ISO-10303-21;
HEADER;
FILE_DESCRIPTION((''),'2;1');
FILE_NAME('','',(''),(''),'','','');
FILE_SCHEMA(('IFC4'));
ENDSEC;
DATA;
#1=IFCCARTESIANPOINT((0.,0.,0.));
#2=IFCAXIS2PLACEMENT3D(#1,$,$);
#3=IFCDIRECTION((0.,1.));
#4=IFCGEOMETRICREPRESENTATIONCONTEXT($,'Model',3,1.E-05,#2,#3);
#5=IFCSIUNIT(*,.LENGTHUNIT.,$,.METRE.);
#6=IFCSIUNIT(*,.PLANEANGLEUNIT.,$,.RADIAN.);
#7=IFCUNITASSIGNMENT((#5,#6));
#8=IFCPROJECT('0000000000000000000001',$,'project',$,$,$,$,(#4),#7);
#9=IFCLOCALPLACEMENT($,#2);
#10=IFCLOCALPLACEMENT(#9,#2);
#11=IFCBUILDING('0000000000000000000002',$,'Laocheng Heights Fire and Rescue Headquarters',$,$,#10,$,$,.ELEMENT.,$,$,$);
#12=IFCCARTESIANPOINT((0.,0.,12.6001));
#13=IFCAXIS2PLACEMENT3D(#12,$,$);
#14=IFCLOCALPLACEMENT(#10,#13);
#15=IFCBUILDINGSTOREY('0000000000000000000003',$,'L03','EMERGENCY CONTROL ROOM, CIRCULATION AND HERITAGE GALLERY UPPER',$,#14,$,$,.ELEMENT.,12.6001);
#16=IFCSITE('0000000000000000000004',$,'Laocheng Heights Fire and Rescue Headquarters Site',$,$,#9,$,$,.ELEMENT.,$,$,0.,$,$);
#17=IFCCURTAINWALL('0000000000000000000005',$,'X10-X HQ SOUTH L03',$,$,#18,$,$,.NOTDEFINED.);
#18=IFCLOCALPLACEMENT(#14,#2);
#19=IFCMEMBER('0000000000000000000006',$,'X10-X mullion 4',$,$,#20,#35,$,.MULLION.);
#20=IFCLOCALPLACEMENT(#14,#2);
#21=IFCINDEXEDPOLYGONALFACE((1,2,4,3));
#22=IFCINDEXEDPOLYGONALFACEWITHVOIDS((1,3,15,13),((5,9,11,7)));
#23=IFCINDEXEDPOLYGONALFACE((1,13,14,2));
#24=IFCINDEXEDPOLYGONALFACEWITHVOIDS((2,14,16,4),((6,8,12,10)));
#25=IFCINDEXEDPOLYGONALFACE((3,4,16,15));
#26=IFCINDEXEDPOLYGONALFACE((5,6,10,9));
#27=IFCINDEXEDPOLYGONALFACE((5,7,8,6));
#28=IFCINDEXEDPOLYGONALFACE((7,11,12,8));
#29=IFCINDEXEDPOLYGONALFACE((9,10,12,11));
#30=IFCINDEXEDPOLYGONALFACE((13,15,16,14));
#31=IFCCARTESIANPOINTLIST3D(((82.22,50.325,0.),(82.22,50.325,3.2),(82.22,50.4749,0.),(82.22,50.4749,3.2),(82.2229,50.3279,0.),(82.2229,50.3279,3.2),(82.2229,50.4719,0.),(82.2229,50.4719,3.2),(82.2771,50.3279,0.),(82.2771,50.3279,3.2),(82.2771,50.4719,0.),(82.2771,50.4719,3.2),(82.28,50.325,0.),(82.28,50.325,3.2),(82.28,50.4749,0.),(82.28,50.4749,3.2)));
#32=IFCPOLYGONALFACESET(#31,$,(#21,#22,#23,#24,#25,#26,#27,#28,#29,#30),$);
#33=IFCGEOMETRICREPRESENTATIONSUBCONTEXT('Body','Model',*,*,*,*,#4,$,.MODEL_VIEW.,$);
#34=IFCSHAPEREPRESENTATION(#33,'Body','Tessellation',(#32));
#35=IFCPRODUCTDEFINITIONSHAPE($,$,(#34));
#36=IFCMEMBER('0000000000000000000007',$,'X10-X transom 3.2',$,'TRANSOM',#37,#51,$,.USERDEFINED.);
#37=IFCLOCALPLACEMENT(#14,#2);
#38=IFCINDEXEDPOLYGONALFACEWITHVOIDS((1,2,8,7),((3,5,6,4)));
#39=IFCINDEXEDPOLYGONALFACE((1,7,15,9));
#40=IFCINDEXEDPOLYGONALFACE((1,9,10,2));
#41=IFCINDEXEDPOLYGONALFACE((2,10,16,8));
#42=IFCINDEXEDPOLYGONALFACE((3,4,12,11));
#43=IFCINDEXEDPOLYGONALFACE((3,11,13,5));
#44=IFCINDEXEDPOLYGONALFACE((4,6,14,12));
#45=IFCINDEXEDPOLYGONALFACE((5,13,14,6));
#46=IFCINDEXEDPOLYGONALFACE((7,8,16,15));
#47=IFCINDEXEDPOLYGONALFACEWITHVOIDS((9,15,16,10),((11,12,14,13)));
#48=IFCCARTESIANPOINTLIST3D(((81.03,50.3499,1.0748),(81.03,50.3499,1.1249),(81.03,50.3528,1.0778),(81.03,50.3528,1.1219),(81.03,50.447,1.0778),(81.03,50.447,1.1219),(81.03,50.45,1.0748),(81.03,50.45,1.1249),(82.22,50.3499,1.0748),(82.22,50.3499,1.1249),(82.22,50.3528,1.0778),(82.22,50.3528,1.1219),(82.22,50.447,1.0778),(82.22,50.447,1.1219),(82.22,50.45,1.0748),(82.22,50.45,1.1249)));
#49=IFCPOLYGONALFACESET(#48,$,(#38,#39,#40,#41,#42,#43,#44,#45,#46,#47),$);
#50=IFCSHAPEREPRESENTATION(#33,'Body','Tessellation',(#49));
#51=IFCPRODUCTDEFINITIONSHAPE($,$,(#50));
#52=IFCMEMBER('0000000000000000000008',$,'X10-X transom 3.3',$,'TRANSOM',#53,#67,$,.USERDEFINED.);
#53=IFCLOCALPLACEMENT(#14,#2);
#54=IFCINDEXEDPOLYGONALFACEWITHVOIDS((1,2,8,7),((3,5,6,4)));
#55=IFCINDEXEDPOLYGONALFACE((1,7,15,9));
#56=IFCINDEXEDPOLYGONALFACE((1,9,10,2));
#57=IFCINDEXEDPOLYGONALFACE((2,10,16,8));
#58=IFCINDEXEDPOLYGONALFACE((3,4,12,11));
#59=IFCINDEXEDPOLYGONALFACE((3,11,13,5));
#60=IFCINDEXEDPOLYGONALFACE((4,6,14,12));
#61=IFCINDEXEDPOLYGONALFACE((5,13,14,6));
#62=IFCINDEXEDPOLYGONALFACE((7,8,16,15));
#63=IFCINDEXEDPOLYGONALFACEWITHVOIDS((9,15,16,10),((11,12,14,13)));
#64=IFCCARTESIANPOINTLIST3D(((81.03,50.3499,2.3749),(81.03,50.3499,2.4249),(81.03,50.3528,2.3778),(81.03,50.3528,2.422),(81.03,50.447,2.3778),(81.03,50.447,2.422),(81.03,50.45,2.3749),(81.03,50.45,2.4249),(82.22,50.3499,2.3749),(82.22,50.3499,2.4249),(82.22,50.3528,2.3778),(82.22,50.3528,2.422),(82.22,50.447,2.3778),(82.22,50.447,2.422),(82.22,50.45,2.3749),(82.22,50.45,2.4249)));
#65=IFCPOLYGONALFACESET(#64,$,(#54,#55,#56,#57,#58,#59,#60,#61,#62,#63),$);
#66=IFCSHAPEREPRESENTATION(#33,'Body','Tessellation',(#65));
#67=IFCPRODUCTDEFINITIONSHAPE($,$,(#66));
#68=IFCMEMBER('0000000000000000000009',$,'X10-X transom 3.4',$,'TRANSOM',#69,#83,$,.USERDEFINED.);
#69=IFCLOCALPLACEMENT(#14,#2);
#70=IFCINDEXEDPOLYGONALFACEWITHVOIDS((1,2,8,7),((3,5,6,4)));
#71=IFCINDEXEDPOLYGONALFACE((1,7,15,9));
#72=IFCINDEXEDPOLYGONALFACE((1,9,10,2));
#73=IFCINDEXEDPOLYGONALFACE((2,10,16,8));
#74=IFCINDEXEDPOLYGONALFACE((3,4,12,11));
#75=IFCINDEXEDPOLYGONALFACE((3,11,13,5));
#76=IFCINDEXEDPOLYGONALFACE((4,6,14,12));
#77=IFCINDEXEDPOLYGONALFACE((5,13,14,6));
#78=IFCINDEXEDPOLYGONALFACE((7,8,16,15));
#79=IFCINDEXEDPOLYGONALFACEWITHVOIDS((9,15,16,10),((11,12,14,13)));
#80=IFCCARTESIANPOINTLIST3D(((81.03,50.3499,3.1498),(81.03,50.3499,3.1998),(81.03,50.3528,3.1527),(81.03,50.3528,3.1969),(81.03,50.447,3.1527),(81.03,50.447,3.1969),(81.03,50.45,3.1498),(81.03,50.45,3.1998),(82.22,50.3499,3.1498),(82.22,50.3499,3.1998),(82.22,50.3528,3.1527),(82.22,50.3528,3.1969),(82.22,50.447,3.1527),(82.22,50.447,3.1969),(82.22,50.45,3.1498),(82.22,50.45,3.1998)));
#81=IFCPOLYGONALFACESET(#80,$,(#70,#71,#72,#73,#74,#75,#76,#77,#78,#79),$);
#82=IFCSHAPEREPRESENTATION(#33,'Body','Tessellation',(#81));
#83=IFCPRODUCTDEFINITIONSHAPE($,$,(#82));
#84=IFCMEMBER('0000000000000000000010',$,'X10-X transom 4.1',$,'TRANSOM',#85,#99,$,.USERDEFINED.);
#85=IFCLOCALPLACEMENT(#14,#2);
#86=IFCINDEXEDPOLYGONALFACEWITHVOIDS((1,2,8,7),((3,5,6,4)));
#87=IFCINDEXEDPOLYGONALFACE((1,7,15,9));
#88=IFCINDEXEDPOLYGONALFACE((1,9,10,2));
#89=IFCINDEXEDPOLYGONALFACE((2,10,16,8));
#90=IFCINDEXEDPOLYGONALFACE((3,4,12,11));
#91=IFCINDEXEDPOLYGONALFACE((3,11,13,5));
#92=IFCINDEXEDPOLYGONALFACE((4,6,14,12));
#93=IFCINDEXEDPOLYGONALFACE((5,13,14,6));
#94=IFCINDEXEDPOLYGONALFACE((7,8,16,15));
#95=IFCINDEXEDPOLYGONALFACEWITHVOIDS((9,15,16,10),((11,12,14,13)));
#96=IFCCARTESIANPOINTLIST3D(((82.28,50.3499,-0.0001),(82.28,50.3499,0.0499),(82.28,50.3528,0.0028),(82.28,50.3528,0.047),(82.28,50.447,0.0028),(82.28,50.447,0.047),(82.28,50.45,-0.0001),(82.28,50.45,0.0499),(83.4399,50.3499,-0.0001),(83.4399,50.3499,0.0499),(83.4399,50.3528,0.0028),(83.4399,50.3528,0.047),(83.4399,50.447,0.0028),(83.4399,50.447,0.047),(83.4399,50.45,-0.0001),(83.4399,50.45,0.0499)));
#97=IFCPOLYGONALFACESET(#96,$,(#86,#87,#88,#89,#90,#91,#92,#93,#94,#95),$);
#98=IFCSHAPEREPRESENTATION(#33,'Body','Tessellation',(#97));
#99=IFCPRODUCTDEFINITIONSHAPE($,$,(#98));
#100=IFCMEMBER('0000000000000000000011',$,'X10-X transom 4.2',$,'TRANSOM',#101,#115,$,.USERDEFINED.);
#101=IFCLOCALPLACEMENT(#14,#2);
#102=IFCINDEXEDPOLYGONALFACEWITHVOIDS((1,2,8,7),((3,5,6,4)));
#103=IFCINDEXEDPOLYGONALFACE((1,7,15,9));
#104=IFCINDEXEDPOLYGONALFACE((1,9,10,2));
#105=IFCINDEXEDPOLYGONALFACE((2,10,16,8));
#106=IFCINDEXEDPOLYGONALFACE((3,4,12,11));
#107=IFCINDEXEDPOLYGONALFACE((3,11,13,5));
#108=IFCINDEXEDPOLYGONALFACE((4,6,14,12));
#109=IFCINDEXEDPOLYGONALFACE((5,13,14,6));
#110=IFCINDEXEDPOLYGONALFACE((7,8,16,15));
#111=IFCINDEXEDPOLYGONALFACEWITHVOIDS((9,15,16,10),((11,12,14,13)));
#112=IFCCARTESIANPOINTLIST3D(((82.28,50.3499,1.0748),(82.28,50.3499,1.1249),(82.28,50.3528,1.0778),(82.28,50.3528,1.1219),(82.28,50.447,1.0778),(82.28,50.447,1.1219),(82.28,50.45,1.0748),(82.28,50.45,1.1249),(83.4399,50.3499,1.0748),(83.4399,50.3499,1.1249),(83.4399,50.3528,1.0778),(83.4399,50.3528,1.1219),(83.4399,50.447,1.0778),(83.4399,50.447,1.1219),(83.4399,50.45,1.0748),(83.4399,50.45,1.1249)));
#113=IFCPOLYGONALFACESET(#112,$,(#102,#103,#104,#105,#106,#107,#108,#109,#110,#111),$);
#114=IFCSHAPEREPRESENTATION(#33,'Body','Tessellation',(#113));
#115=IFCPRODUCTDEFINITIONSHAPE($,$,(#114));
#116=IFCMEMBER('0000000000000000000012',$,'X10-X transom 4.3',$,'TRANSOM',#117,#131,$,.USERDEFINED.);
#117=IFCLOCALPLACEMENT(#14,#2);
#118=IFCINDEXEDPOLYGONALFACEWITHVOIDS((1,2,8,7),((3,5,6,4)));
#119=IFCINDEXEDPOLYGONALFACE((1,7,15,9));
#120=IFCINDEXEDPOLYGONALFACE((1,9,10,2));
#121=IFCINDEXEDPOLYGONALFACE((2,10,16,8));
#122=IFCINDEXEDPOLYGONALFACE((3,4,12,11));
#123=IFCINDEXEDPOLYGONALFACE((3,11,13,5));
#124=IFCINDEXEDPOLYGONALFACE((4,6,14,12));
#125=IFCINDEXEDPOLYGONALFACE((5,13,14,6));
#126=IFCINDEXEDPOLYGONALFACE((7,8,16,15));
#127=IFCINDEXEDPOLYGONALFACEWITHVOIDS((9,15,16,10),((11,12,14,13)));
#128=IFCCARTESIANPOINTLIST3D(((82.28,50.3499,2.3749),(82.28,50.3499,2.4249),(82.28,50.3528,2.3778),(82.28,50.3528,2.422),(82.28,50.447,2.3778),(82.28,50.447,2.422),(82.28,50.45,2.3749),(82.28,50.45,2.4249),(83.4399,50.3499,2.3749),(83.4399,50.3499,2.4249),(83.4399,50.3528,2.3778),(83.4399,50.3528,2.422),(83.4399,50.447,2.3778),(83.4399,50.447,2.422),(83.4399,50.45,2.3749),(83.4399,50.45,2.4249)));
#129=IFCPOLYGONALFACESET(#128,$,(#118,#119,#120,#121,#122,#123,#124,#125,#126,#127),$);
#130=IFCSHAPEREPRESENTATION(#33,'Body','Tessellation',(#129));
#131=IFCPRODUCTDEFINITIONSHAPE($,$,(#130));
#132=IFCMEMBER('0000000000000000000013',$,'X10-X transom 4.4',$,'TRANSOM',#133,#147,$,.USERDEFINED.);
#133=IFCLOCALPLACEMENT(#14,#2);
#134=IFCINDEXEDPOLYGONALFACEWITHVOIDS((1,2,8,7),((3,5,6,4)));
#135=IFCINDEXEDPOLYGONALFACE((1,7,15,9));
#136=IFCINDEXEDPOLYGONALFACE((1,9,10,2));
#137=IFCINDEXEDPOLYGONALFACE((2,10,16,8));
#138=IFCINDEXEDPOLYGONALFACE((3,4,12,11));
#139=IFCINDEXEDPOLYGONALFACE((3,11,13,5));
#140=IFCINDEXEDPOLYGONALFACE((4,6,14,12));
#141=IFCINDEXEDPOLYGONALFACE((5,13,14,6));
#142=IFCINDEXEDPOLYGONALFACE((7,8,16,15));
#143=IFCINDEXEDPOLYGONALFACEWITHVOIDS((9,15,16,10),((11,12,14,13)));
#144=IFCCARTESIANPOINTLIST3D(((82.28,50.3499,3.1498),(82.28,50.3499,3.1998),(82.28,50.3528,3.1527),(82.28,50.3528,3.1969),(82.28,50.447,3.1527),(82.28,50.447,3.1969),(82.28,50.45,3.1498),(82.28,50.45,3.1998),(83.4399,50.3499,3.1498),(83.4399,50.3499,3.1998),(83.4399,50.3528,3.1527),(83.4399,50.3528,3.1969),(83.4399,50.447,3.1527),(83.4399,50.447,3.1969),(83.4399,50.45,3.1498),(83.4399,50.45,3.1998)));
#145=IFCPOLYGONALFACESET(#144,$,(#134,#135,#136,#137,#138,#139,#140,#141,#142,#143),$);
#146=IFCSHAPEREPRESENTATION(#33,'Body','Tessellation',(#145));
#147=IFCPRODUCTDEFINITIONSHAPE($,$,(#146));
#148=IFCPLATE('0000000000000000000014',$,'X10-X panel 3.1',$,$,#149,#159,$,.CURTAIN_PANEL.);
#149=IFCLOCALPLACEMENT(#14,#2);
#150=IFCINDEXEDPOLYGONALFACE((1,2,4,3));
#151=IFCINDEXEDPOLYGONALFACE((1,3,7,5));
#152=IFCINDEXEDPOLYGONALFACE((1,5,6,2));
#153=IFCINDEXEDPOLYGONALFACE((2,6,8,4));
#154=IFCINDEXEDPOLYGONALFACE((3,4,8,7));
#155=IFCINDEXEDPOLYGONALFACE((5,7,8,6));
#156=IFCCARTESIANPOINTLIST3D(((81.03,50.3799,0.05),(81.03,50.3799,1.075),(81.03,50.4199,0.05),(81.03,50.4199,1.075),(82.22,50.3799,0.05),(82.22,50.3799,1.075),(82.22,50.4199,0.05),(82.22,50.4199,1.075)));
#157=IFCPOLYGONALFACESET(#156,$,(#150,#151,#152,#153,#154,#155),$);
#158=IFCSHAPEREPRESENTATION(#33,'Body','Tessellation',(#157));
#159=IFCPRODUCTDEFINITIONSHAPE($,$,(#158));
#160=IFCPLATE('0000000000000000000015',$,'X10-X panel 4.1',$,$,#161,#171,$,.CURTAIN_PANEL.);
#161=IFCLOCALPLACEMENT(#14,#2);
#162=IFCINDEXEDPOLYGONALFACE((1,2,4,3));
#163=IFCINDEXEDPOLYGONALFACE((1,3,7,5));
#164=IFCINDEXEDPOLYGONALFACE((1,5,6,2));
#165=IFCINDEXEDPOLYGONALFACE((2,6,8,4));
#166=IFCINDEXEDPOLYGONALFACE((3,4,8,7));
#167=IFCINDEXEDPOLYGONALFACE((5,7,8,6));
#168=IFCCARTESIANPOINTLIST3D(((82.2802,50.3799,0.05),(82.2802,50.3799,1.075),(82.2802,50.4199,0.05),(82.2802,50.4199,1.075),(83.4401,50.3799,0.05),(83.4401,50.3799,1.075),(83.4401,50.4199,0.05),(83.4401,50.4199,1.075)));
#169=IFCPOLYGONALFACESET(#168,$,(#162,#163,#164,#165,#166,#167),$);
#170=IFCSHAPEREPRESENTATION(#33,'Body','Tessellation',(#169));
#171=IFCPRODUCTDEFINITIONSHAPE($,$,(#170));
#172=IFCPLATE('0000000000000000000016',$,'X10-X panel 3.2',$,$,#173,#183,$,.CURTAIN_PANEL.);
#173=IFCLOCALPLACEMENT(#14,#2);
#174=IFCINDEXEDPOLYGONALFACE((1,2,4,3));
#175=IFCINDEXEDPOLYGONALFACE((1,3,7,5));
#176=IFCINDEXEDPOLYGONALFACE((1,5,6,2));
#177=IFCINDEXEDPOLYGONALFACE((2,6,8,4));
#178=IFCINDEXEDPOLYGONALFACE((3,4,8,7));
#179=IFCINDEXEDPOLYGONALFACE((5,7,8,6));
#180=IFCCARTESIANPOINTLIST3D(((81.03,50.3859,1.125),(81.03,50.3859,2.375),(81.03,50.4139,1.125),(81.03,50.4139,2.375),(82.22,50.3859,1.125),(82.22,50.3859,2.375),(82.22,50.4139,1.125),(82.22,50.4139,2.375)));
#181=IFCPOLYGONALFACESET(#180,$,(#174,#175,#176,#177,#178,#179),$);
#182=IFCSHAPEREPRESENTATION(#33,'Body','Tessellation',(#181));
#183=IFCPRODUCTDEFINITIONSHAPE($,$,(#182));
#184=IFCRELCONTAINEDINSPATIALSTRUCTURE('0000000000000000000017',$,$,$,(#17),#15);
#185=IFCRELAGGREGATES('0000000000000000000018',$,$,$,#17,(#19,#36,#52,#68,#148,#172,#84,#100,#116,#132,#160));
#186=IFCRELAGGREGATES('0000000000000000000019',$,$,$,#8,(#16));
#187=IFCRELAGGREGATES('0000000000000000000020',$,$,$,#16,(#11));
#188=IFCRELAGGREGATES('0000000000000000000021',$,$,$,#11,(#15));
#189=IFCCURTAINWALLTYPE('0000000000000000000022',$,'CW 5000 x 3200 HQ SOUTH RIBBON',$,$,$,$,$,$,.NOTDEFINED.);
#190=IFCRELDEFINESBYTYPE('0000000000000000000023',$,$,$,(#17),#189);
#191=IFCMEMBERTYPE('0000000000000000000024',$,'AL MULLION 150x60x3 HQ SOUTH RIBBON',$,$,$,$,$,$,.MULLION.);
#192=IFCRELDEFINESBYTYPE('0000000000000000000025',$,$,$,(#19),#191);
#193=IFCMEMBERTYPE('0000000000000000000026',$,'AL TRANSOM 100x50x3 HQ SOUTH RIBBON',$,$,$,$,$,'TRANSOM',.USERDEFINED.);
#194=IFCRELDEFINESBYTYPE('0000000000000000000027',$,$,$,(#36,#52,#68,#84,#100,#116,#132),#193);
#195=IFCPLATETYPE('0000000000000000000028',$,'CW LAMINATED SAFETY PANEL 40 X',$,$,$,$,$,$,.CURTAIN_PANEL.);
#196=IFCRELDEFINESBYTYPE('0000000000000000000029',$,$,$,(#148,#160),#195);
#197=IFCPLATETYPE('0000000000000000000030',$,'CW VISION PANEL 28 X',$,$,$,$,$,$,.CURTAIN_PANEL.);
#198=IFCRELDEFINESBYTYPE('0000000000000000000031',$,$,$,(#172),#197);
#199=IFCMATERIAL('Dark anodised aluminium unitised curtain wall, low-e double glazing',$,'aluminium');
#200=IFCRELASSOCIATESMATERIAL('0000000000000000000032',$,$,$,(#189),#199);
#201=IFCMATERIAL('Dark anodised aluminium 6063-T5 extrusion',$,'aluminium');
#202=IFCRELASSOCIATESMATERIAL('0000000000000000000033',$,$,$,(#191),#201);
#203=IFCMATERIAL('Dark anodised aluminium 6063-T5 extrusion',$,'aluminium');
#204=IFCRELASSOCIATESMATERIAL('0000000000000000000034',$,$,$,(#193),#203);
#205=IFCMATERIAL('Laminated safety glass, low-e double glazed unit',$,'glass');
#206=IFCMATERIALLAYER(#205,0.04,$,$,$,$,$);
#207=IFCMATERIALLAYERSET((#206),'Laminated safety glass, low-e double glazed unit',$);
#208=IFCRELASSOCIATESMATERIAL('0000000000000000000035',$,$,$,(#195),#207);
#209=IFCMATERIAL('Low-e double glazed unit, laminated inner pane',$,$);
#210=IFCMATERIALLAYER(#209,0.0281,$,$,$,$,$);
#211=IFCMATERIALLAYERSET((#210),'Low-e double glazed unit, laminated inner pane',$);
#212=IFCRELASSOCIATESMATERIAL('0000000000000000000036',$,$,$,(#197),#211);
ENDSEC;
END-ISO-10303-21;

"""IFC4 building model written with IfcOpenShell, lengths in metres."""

from ifc_helpers import new_model, si_unit, direction, frame, origin, origin_2d, place, context, subcontext, project, spatial, rectangle, hollow_rectangle, extrude, material, layer, layer_set, material_profile, profile_set, type_object, element, aggregate, save


model = new_model("IFC4")

# Units and contexts
model_context = context("Model", 3, precision=1e-05, world=origin(), true_north=direction((0.0, 1.0)))
body_context = subcontext(model_context, "Body", "Model", "MODEL_VIEW")
ifc_project = project(units=[si_unit("LENGTHUNIT", "METRE"), si_unit("PLANEANGLEUNIT", "RADIAN")], contexts=[model_context])

# Site, building, storey
site_placement = place(None, origin())
site = spatial("IfcSite", under=ifc_project, at=site_placement, Name="Laocheng Heights Fire and Rescue Headquarters Site", CompositionType="ELEMENT", RefElevation=0.0)
building_placement = place(site_placement, origin())
building = spatial("IfcBuilding", under=site, at=building_placement, Name="Laocheng Heights Fire and Rescue Headquarters", CompositionType="ELEMENT")
storey_placement = place(building_placement, frame((0.0, 0.0, 12.6001)))
storey = spatial("IfcBuildingStorey", under=building, at=storey_placement, Name="L03", Description="EMERGENCY CONTROL ROOM, CIRCULATION AND HERITAGE GALLERY UPPER", CompositionType="ELEMENT", Elevation=12.6001)

# Curtain wall, members, plates
ifc_material_1 = material(Name="Dark anodised aluminium unitised curtain wall, low-e double glazing", Category="aluminium")
curtain_wall_type = type_object("IfcCurtainWallType", Name="CW 5000 x 3200 HQ SOUTH RIBBON", PredefinedType="NOTDEFINED", material=ifc_material_1)
curtain_wall_placement = place(storey_placement, origin())
curtain_wall = element("IfcCurtainWall", 1, at=curtain_wall_placement, inside=storey, type_object=curtain_wall_type, Name="X10-X HQ SOUTH L03", PredefinedType="NOTDEFINED")
ifc_material_2 = material(Name="Dark anodised aluminium 6063-T5 extrusion", Category="aluminium")
ifc_material_profile_1 = material_profile(ifc_material_2, hollow_rectangle(XDim=0.1499, YDim=0.0601, WallThickness=0.0029, at=origin_2d()), Name="AL MULLION 150x60x3 HQ SOUTH RIBBON")
ifc_profile_set_1 = profile_set([ifc_material_profile_1], Name="Dark anodised aluminium 6063-T5 extrusion")
member_type_1 = type_object("IfcMemberType", Name="AL MULLION 150x60x3 HQ SOUTH RIBBON", PredefinedType="MULLION", material=ifc_profile_set_1)
member_1_placement = place(storey_placement, frame((82.25, 50.3999, 0.0), z_axis=(0.0, 0.0, 1.0), x_axis=(0.0, 1.0, 0.0)))
member_1 = element("IfcMember", 2, at=member_1_placement, type_object=member_type_1, Name="X10-X mullion 4", PredefinedType="MULLION", context=body_context, shape_type="SweptSolid", body=[
    extrude(hollow_rectangle(XDim=0.1499, YDim=0.0601, WallThickness=0.0029, at=origin_2d()), origin(), (0.0, 0.0, 1.0), 3.2),
])
ifc_material_3 = material(Name="Dark anodised aluminium 6063-T5 extrusion", Category="aluminium")
ifc_material_profile_2 = material_profile(ifc_material_3, hollow_rectangle(XDim=0.1001, YDim=0.05, WallThickness=0.0029, at=origin_2d()), Name="AL TRANSOM 100x50x3 HQ SOUTH RIBBON")
ifc_profile_set_2 = profile_set([ifc_material_profile_2], Name="Dark anodised aluminium 6063-T5 extrusion")
member_type_2 = type_object("IfcMemberType", Name="AL TRANSOM 100x50x3 HQ SOUTH RIBBON", ElementType="TRANSOM", PredefinedType="USERDEFINED", material=ifc_profile_set_2)
member_2_placement = place(storey_placement, frame((81.03, 50.3999, 1.0999), z_axis=(1.0, 0.0, 0.0), x_axis=(0.0, 1.0, 0.0)))
member_2 = element("IfcMember", 3, at=member_2_placement, type_object=member_type_2, Name="X10-X transom 3.2", ObjectType="TRANSOM", PredefinedType="USERDEFINED", context=body_context, shape_type="SweptSolid", body=[
    extrude(hollow_rectangle(XDim=0.1001, YDim=0.05, WallThickness=0.0029, at=origin_2d()), origin(), (0.0, 0.0, 1.0), 1.1899),
])
member_3_placement = place(storey_placement, frame((81.03, 50.3999, 2.3999), z_axis=(1.0, 0.0, 0.0), x_axis=(0.0, 1.0, 0.0)))
member_3 = element("IfcMember", 4, at=member_3_placement, type_object=member_type_2, Name="X10-X transom 3.3", ObjectType="TRANSOM", PredefinedType="USERDEFINED", context=body_context, shape_type="SweptSolid", body=[
    extrude(hollow_rectangle(XDim=0.1001, YDim=0.05, WallThickness=0.0029, at=origin_2d()), origin(), (0.0, 0.0, 1.0), 1.1899),
])
member_4_placement = place(storey_placement, frame((81.03, 50.3999, 3.1748), z_axis=(1.0, 0.0, 0.0), x_axis=(0.0, 1.0, 0.0)))
member_4 = element("IfcMember", 5, at=member_4_placement, type_object=member_type_2, Name="X10-X transom 3.4", ObjectType="TRANSOM", PredefinedType="USERDEFINED", context=body_context, shape_type="SweptSolid", body=[
    extrude(hollow_rectangle(XDim=0.1001, YDim=0.05, WallThickness=0.0029, at=origin_2d()), origin(), (0.0, 0.0, 1.0), 1.1899),
])
member_5_placement = place(storey_placement, frame((82.28, 50.3999, 0.0249), z_axis=(1.0, 0.0, 0.0), x_axis=(0.0, 1.0, 0.0)))
member_5 = element("IfcMember", 6, at=member_5_placement, type_object=member_type_2, Name="X10-X transom 4.1", ObjectType="TRANSOM", PredefinedType="USERDEFINED", context=body_context, shape_type="SweptSolid", body=[
    extrude(hollow_rectangle(XDim=0.1001, YDim=0.05, WallThickness=0.0029, at=origin_2d()), origin(), (0.0, 0.0, 1.0), 1.1599),
])
member_6_placement = place(storey_placement, frame((82.28, 50.3999, 1.0999), z_axis=(1.0, 0.0, 0.0), x_axis=(0.0, 1.0, 0.0)))
member_6 = element("IfcMember", 7, at=member_6_placement, type_object=member_type_2, Name="X10-X transom 4.2", ObjectType="TRANSOM", PredefinedType="USERDEFINED", context=body_context, shape_type="SweptSolid", body=[
    extrude(hollow_rectangle(XDim=0.1001, YDim=0.05, WallThickness=0.0029, at=origin_2d()), origin(), (0.0, 0.0, 1.0), 1.1599),
])
member_7_placement = place(storey_placement, frame((82.28, 50.3999, 2.3999), z_axis=(1.0, 0.0, 0.0), x_axis=(0.0, 1.0, 0.0)))
member_7 = element("IfcMember", 8, at=member_7_placement, type_object=member_type_2, Name="X10-X transom 4.3", ObjectType="TRANSOM", PredefinedType="USERDEFINED", context=body_context, shape_type="SweptSolid", body=[
    extrude(hollow_rectangle(XDim=0.1001, YDim=0.05, WallThickness=0.0029, at=origin_2d()), origin(), (0.0, 0.0, 1.0), 1.1599),
])
member_8_placement = place(storey_placement, frame((82.28, 50.3999, 3.1748), z_axis=(1.0, 0.0, 0.0), x_axis=(0.0, 1.0, 0.0)))
member_8 = element("IfcMember", 9, at=member_8_placement, type_object=member_type_2, Name="X10-X transom 4.4", ObjectType="TRANSOM", PredefinedType="USERDEFINED", context=body_context, shape_type="SweptSolid", body=[
    extrude(hollow_rectangle(XDim=0.1001, YDim=0.05, WallThickness=0.0029, at=origin_2d()), origin(), (0.0, 0.0, 1.0), 1.1599),
])
ifc_material_4 = material(Name="Laminated safety glass, low-e double glazed unit", Category="glass")
ifc_layer_1 = layer(ifc_material_4, 0.04)
ifc_layer_set_1 = layer_set([ifc_layer_1], Name="Laminated safety glass, low-e double glazed unit")
plate_type_1 = type_object("IfcPlateType", Name="CW LAMINATED SAFETY PANEL 40 X", PredefinedType="CURTAIN_PANEL", material=ifc_layer_set_1)
plate_1_placement = place(storey_placement, frame((81.625, 50.3999, 0.05), z_axis=(0.0, 0.0, 1.0), x_axis=(1.0, 0.0, 0.0)))
plate_1 = element("IfcPlate", 10, at=plate_1_placement, type_object=plate_type_1, Name="X10-X panel 3.1", PredefinedType="CURTAIN_PANEL", context=body_context, shape_type="SweptSolid", body=[
    extrude(rectangle(XDim=1.1899, YDim=0.04, at=origin_2d()), origin(), (0.0, 0.0, 1.0), 1.0249),
])
plate_2_placement = place(storey_placement, frame((82.8601, 50.3999, 0.05), z_axis=(0.0, 0.0, 1.0), x_axis=(1.0, 0.0, 0.0)))
plate_2 = element("IfcPlate", 11, at=plate_2_placement, type_object=plate_type_1, Name="X10-X panel 4.1", PredefinedType="CURTAIN_PANEL", context=body_context, shape_type="SweptSolid", body=[
    extrude(rectangle(XDim=1.1599, YDim=0.04, at=origin_2d()), origin(), (0.0, 0.0, 1.0), 1.0249),
])
ifc_material_5 = material(Name="Low-e double glazed unit, laminated inner pane")
ifc_layer_2 = layer(ifc_material_5, 0.0281)
ifc_layer_set_2 = layer_set([ifc_layer_2], Name="Low-e double glazed unit, laminated inner pane")
plate_type_2 = type_object("IfcPlateType", Name="CW VISION PANEL 28 X", PredefinedType="CURTAIN_PANEL", material=ifc_layer_set_2)
plate_3_placement = place(storey_placement, frame((81.625, 50.3999, 1.125), z_axis=(0.0, 0.0, 1.0), x_axis=(1.0, 0.0, 0.0)))
plate_3 = element("IfcPlate", 12, at=plate_3_placement, type_object=plate_type_2, Name="X10-X panel 3.2", PredefinedType="CURTAIN_PANEL", context=body_context, shape_type="SweptSolid", body=[
    extrude(rectangle(XDim=1.1899, YDim=0.0281, at=origin_2d()), origin(), (0.0, 0.0, 1.0), 1.25),
])
aggregate(curtain_wall, [member_1, member_2, member_3, member_4, plate_1, plate_3, member_5, member_6, member_7, member_8, plate_2])

save(model, "model.ifc")
